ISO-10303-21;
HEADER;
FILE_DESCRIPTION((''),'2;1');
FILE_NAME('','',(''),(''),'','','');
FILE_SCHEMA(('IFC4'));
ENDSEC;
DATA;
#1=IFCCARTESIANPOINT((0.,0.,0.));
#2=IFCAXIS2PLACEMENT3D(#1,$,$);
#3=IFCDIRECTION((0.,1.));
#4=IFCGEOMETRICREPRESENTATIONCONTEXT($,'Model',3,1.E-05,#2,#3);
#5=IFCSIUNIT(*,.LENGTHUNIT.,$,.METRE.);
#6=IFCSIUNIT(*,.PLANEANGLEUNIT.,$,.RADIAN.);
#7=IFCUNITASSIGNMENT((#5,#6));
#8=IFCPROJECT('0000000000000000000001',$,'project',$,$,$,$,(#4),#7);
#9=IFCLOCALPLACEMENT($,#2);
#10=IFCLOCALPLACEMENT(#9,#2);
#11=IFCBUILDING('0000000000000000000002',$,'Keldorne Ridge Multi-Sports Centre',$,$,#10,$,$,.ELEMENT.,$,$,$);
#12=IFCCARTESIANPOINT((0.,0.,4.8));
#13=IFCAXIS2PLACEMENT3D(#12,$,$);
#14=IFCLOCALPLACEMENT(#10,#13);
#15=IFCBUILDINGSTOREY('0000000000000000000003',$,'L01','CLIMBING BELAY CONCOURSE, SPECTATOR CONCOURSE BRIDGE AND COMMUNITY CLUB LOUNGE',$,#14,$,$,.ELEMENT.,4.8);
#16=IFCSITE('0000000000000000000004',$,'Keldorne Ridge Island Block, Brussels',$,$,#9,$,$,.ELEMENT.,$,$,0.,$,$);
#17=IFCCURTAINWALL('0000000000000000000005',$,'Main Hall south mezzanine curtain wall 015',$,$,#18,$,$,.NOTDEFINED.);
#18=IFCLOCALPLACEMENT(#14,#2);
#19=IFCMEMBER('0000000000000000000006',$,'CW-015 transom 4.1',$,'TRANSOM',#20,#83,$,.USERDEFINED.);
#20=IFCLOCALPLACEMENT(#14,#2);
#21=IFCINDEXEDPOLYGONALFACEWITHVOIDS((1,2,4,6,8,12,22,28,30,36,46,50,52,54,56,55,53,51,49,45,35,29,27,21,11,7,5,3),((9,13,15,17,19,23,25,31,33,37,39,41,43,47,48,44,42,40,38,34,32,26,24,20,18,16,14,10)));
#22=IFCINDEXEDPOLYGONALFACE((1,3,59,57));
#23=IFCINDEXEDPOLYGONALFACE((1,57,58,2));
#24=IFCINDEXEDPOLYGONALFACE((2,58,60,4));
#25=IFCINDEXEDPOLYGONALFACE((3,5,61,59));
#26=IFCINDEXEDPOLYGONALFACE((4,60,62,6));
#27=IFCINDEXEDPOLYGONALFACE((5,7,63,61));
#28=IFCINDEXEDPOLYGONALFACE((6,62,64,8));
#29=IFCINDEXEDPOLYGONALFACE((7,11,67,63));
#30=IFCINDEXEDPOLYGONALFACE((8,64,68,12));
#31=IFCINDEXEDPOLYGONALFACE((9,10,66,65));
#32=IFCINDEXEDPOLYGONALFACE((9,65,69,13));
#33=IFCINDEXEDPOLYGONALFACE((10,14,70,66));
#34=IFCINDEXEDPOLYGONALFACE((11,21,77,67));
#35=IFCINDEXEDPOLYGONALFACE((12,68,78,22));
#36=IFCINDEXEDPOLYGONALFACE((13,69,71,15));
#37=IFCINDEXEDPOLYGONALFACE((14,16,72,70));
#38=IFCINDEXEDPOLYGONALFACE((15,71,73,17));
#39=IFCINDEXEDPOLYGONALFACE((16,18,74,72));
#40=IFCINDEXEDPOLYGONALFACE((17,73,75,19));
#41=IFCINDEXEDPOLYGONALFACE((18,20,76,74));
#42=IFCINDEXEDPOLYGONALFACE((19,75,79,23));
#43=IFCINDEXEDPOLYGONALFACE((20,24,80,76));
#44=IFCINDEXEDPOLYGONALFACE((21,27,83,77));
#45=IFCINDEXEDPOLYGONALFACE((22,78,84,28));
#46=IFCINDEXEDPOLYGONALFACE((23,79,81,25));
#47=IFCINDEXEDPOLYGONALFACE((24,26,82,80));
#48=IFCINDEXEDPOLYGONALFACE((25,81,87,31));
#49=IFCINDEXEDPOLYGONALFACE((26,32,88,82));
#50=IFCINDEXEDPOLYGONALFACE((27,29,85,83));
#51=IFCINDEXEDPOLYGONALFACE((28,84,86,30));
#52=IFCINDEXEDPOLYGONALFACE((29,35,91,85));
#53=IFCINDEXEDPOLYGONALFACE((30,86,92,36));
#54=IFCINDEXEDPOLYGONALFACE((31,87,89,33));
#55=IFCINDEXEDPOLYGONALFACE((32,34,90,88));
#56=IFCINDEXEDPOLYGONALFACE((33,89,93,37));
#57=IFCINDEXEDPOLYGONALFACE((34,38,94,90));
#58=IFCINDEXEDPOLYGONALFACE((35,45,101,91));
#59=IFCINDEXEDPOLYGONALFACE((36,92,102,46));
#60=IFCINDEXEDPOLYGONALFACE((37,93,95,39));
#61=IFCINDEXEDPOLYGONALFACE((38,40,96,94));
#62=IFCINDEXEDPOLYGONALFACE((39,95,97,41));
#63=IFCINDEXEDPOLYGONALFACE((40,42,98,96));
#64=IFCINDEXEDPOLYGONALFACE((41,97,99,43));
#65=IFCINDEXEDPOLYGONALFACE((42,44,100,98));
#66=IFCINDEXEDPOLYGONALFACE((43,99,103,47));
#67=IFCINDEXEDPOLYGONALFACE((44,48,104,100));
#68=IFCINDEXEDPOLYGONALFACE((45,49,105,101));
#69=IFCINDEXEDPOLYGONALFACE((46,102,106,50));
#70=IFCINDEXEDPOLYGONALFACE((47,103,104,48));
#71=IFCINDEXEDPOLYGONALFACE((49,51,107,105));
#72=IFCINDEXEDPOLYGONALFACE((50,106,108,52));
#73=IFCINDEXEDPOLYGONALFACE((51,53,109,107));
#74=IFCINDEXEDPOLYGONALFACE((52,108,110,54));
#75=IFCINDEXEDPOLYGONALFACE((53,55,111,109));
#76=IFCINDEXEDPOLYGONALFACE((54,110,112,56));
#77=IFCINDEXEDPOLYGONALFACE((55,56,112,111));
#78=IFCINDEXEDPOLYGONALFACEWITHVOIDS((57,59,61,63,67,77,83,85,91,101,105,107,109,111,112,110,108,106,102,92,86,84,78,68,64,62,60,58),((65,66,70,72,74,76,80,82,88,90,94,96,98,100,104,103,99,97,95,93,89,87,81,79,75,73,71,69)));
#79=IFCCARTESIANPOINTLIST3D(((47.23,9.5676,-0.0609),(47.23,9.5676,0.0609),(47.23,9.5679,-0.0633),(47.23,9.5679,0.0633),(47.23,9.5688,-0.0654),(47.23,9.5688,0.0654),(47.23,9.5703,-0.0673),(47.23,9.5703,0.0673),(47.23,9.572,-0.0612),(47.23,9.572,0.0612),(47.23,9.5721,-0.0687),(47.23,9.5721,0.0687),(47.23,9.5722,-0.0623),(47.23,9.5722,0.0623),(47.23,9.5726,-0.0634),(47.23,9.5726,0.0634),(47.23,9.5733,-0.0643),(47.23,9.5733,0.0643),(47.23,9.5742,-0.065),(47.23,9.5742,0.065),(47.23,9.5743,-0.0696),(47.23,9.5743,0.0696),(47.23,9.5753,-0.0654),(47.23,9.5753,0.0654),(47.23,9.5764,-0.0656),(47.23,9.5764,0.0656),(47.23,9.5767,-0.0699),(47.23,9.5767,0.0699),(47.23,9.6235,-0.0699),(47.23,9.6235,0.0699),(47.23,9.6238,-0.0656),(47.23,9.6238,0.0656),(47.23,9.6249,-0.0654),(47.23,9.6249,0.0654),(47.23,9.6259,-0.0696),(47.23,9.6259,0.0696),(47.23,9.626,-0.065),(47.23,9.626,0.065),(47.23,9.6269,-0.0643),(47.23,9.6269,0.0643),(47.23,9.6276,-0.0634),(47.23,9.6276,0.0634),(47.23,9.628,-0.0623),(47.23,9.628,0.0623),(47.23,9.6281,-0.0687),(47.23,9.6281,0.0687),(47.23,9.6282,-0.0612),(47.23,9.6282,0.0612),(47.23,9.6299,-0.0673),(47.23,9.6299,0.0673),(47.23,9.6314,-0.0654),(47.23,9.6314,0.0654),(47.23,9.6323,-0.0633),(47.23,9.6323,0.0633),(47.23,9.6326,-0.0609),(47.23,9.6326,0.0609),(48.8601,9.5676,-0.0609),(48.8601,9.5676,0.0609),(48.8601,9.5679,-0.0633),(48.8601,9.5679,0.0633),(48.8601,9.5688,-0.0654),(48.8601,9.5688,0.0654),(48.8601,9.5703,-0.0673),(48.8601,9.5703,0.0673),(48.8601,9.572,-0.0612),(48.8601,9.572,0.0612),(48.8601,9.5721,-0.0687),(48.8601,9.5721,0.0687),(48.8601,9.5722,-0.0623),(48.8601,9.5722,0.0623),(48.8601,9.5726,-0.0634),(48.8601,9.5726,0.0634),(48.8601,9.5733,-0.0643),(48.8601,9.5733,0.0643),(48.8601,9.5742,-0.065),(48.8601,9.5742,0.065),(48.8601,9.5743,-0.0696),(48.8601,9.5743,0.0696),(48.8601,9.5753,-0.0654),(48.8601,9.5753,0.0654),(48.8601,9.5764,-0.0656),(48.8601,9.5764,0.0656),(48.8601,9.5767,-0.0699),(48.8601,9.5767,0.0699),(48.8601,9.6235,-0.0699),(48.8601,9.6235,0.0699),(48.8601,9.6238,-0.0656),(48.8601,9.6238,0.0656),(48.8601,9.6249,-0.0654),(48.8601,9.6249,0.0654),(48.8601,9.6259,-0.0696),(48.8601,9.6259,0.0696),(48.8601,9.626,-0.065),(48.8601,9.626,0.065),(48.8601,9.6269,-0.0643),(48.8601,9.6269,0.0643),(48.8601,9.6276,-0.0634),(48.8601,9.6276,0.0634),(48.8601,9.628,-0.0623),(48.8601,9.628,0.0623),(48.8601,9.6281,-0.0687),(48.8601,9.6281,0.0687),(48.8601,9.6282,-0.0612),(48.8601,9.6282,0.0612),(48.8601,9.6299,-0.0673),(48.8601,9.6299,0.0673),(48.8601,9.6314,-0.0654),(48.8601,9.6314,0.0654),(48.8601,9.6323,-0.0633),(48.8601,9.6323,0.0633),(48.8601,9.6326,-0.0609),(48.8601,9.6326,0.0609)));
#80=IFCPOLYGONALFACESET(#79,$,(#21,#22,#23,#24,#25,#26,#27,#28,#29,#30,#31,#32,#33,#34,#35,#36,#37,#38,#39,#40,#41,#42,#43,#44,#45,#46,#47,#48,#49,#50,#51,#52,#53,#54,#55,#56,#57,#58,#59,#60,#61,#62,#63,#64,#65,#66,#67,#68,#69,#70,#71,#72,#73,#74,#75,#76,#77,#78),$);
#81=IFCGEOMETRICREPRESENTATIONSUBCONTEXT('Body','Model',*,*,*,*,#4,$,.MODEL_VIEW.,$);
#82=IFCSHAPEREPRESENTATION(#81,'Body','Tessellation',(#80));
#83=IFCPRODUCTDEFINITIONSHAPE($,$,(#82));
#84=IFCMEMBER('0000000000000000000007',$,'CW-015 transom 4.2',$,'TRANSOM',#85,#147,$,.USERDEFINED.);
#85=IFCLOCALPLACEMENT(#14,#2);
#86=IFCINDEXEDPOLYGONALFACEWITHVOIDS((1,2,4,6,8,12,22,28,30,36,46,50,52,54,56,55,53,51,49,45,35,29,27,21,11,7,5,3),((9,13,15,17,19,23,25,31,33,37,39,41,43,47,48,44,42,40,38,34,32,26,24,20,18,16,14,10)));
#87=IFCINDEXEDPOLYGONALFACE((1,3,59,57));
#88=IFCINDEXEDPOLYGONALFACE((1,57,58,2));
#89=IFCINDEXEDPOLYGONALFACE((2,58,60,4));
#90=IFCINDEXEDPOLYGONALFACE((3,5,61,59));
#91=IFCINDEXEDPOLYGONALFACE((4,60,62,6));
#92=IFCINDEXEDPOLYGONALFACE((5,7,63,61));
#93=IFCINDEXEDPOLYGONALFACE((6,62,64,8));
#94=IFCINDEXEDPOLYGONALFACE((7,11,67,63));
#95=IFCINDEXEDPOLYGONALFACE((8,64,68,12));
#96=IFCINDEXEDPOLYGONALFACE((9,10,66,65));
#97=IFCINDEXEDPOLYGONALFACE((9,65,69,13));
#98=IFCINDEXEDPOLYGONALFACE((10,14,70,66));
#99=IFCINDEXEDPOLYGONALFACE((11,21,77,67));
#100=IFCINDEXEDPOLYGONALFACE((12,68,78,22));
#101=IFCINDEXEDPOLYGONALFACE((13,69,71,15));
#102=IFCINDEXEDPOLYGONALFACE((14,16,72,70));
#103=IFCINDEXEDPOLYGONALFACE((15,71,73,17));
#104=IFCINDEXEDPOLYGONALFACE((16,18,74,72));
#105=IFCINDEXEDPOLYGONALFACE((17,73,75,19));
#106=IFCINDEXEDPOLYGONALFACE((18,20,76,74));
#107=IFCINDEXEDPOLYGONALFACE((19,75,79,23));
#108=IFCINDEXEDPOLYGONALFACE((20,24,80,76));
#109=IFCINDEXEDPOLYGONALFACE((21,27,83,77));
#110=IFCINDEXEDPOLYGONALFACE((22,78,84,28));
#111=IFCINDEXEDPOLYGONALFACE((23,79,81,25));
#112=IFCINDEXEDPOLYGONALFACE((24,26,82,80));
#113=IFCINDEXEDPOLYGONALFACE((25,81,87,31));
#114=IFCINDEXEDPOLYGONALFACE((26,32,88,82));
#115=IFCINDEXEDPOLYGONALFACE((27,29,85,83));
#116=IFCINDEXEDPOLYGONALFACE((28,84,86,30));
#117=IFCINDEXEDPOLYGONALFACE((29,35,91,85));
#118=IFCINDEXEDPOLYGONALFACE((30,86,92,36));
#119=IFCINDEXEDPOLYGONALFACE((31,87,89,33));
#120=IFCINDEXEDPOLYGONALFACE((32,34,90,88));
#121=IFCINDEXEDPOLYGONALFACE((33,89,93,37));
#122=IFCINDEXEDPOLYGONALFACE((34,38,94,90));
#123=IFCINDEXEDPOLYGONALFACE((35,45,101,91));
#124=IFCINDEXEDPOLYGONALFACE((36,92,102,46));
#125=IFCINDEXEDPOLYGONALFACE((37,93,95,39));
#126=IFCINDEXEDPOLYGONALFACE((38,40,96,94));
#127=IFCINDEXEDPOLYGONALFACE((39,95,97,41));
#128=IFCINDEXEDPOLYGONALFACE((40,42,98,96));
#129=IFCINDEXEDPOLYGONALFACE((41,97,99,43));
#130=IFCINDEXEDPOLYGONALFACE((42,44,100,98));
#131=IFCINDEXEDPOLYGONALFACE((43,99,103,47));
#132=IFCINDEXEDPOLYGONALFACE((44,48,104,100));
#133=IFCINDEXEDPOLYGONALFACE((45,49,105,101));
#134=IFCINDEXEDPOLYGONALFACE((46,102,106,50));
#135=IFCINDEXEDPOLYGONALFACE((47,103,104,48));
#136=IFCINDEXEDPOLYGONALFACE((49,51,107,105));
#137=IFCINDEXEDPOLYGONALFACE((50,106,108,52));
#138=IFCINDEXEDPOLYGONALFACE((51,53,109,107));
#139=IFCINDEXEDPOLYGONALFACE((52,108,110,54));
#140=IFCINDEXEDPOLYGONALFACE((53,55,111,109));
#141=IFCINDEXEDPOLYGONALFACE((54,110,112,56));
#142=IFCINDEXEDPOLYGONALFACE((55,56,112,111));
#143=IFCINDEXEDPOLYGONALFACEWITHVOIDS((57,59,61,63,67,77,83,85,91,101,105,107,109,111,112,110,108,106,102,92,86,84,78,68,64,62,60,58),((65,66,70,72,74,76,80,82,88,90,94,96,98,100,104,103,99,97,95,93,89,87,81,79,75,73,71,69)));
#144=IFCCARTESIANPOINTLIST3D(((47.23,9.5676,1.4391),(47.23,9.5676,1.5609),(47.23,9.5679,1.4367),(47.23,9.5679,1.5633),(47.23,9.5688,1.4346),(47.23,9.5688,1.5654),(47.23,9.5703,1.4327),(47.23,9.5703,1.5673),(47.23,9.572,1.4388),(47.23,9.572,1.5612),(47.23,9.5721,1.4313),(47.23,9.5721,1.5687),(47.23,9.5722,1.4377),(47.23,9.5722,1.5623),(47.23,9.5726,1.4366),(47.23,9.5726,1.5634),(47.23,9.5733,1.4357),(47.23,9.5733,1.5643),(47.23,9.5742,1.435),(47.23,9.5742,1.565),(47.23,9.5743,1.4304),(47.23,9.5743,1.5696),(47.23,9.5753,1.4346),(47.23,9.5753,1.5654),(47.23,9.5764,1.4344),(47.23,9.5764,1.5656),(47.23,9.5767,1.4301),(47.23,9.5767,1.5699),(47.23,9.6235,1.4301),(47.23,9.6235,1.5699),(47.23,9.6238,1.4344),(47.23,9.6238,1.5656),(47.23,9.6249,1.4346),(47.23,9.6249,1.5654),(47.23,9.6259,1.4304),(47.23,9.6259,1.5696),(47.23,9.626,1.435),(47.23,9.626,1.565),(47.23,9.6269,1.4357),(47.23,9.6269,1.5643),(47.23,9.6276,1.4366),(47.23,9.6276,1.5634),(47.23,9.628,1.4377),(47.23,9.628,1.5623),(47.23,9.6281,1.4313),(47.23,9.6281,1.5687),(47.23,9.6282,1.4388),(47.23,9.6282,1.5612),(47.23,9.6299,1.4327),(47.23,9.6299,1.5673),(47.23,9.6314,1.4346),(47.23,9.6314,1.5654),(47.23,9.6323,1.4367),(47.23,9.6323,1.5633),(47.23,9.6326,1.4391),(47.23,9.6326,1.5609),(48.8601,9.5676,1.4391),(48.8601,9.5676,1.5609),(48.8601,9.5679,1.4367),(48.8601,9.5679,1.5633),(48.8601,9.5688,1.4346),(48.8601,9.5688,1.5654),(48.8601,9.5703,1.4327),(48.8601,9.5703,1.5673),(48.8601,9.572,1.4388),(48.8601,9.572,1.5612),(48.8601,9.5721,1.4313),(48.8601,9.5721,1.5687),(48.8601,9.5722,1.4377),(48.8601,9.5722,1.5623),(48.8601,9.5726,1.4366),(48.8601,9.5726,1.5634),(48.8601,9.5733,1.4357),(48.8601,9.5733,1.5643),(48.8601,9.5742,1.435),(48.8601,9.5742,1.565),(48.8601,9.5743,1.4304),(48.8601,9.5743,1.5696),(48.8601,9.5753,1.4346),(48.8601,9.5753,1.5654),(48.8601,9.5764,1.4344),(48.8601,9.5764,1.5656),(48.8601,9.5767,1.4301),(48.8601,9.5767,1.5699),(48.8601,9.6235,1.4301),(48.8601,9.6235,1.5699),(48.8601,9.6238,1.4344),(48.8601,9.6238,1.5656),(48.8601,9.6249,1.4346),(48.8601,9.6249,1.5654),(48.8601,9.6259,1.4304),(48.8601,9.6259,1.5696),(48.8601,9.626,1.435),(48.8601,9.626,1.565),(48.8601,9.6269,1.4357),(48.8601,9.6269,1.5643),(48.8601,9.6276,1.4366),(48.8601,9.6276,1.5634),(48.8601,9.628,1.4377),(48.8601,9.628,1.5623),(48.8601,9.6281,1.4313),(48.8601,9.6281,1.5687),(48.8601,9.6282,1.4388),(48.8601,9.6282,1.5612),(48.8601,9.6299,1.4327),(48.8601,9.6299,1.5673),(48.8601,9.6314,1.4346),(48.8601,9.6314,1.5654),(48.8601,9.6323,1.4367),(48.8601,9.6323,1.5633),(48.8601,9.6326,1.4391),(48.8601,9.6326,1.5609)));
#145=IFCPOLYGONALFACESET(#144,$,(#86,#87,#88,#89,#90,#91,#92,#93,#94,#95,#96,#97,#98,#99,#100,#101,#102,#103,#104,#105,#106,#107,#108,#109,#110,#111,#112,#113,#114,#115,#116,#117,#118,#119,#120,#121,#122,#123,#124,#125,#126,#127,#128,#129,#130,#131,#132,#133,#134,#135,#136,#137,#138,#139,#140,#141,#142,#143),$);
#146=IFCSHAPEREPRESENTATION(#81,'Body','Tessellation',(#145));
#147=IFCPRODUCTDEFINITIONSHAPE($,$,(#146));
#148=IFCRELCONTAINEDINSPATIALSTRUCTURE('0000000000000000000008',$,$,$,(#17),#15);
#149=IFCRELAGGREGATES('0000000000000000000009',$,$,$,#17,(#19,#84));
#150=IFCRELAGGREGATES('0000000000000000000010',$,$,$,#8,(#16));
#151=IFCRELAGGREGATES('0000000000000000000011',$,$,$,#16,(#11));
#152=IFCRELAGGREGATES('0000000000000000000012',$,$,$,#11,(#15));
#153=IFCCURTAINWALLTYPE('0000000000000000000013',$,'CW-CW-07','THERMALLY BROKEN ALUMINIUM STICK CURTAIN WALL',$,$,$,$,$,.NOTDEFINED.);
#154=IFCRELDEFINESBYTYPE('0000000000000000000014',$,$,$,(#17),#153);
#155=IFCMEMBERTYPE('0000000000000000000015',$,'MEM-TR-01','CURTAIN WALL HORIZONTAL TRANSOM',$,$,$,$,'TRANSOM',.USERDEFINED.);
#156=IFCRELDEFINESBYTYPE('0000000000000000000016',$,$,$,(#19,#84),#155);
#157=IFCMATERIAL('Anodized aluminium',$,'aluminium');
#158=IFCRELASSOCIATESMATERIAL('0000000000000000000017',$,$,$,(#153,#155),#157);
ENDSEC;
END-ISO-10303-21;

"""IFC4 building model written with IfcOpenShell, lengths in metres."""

from ifc_helpers import new_model, si_unit, direction, frame, origin, origin_2d, place, context, subcontext, project, spatial, hollow_rectangle, extrude, material, material_profile, profile_set, type_object, element, aggregate, save


model = new_model("IFC4")

# Units and contexts
model_context = context("Model", 3, precision=1e-05, world=origin(), true_north=direction((0.0, 1.0)))
body_context = subcontext(model_context, "Body", "Model", "MODEL_VIEW")
ifc_project = project(units=[si_unit("LENGTHUNIT", "METRE"), si_unit("PLANEANGLEUNIT", "RADIAN")], contexts=[model_context])

# Site, building, storey
site_placement = place(None, origin())
site = spatial("IfcSite", under=ifc_project, at=site_placement, Name="Keldorne Ridge Island Block, Brussels", CompositionType="ELEMENT", RefElevation=0.0)
building_placement = place(site_placement, origin())
building = spatial("IfcBuilding", under=site, at=building_placement, Name="Keldorne Ridge Multi-Sports Centre", CompositionType="ELEMENT")
storey_placement = place(building_placement, frame((0.0, 0.0, 4.8)))
storey = spatial("IfcBuildingStorey", under=building, at=storey_placement, Name="L01", Description="CLIMBING BELAY CONCOURSE, SPECTATOR CONCOURSE BRIDGE AND COMMUNITY CLUB LOUNGE", CompositionType="ELEMENT", Elevation=4.8)

# Curtain wall
ifc_material_1 = material(Name="Anodized aluminium", Category="aluminium")
curtain_wall_type_1 = type_object("IfcCurtainWallType", Name="CW-CW-07", Description="THERMALLY BROKEN ALUMINIUM STICK CURTAIN WALL", PredefinedType="NOTDEFINED", material=ifc_material_1)
curtain_wall_1_placement = place(storey_placement, origin())
curtain_wall_1 = element("IfcCurtainWall", 1, at=curtain_wall_1_placement, inside=storey, type_object=curtain_wall_type_1, Name="Main Hall south mezzanine curtain wall 015", PredefinedType="NOTDEFINED")

# Members
ifc_material_profile_1 = material_profile(ifc_material_1, hollow_rectangle(XDim=0.0649, YDim=0.1399, WallThickness=0.0044, InnerFilletRadius=0.0044, OuterFilletRadius=0.009, at=origin_2d()), Name="ALU TRANSOM 140x65x4.5")
ifc_profile_set_1 = profile_set([ifc_material_profile_1], Name="Anodized aluminium")
member_type_1 = type_object("IfcMemberType", Name="MEM-TR-01", Description="CURTAIN WALL HORIZONTAL TRANSOM", ElementType="TRANSOM", PredefinedType="USERDEFINED", material=ifc_profile_set_1)
member_1_placement = place(storey_placement, frame((47.23, 9.6001, 0.0), z_axis=(1.0, 0.0, 0.0), x_axis=(0.0, 1.0, 0.0)))
member_1 = element("IfcMember", 2, at=member_1_placement, type_object=member_type_1, Name="CW-015 transom 4.1", ObjectType="TRANSOM", PredefinedType="USERDEFINED", context=body_context, shape_type="SweptSolid", body=[
    extrude(hollow_rectangle(XDim=0.0649, YDim=0.1399, WallThickness=0.0044, InnerFilletRadius=0.0044, OuterFilletRadius=0.009, at=origin_2d()), origin(), (0.0, 0.0, 1.0), 1.6301),
])
member_2_placement = place(storey_placement, frame((47.23, 9.6001, 1.5), z_axis=(1.0, 0.0, 0.0), x_axis=(0.0, 1.0, 0.0)))
member_2 = element("IfcMember", 3, at=member_2_placement, type_object=member_type_1, Name="CW-015 transom 4.2", ObjectType="TRANSOM", PredefinedType="USERDEFINED", context=body_context, shape_type="SweptSolid", body=[
    extrude(hollow_rectangle(XDim=0.0649, YDim=0.1399, WallThickness=0.0044, InnerFilletRadius=0.0044, OuterFilletRadius=0.009, at=origin_2d()), origin(), (0.0, 0.0, 1.0), 1.6301),
])

aggregate(curtain_wall_1, [member_1, member_2])

save(model, "model.ifc")
